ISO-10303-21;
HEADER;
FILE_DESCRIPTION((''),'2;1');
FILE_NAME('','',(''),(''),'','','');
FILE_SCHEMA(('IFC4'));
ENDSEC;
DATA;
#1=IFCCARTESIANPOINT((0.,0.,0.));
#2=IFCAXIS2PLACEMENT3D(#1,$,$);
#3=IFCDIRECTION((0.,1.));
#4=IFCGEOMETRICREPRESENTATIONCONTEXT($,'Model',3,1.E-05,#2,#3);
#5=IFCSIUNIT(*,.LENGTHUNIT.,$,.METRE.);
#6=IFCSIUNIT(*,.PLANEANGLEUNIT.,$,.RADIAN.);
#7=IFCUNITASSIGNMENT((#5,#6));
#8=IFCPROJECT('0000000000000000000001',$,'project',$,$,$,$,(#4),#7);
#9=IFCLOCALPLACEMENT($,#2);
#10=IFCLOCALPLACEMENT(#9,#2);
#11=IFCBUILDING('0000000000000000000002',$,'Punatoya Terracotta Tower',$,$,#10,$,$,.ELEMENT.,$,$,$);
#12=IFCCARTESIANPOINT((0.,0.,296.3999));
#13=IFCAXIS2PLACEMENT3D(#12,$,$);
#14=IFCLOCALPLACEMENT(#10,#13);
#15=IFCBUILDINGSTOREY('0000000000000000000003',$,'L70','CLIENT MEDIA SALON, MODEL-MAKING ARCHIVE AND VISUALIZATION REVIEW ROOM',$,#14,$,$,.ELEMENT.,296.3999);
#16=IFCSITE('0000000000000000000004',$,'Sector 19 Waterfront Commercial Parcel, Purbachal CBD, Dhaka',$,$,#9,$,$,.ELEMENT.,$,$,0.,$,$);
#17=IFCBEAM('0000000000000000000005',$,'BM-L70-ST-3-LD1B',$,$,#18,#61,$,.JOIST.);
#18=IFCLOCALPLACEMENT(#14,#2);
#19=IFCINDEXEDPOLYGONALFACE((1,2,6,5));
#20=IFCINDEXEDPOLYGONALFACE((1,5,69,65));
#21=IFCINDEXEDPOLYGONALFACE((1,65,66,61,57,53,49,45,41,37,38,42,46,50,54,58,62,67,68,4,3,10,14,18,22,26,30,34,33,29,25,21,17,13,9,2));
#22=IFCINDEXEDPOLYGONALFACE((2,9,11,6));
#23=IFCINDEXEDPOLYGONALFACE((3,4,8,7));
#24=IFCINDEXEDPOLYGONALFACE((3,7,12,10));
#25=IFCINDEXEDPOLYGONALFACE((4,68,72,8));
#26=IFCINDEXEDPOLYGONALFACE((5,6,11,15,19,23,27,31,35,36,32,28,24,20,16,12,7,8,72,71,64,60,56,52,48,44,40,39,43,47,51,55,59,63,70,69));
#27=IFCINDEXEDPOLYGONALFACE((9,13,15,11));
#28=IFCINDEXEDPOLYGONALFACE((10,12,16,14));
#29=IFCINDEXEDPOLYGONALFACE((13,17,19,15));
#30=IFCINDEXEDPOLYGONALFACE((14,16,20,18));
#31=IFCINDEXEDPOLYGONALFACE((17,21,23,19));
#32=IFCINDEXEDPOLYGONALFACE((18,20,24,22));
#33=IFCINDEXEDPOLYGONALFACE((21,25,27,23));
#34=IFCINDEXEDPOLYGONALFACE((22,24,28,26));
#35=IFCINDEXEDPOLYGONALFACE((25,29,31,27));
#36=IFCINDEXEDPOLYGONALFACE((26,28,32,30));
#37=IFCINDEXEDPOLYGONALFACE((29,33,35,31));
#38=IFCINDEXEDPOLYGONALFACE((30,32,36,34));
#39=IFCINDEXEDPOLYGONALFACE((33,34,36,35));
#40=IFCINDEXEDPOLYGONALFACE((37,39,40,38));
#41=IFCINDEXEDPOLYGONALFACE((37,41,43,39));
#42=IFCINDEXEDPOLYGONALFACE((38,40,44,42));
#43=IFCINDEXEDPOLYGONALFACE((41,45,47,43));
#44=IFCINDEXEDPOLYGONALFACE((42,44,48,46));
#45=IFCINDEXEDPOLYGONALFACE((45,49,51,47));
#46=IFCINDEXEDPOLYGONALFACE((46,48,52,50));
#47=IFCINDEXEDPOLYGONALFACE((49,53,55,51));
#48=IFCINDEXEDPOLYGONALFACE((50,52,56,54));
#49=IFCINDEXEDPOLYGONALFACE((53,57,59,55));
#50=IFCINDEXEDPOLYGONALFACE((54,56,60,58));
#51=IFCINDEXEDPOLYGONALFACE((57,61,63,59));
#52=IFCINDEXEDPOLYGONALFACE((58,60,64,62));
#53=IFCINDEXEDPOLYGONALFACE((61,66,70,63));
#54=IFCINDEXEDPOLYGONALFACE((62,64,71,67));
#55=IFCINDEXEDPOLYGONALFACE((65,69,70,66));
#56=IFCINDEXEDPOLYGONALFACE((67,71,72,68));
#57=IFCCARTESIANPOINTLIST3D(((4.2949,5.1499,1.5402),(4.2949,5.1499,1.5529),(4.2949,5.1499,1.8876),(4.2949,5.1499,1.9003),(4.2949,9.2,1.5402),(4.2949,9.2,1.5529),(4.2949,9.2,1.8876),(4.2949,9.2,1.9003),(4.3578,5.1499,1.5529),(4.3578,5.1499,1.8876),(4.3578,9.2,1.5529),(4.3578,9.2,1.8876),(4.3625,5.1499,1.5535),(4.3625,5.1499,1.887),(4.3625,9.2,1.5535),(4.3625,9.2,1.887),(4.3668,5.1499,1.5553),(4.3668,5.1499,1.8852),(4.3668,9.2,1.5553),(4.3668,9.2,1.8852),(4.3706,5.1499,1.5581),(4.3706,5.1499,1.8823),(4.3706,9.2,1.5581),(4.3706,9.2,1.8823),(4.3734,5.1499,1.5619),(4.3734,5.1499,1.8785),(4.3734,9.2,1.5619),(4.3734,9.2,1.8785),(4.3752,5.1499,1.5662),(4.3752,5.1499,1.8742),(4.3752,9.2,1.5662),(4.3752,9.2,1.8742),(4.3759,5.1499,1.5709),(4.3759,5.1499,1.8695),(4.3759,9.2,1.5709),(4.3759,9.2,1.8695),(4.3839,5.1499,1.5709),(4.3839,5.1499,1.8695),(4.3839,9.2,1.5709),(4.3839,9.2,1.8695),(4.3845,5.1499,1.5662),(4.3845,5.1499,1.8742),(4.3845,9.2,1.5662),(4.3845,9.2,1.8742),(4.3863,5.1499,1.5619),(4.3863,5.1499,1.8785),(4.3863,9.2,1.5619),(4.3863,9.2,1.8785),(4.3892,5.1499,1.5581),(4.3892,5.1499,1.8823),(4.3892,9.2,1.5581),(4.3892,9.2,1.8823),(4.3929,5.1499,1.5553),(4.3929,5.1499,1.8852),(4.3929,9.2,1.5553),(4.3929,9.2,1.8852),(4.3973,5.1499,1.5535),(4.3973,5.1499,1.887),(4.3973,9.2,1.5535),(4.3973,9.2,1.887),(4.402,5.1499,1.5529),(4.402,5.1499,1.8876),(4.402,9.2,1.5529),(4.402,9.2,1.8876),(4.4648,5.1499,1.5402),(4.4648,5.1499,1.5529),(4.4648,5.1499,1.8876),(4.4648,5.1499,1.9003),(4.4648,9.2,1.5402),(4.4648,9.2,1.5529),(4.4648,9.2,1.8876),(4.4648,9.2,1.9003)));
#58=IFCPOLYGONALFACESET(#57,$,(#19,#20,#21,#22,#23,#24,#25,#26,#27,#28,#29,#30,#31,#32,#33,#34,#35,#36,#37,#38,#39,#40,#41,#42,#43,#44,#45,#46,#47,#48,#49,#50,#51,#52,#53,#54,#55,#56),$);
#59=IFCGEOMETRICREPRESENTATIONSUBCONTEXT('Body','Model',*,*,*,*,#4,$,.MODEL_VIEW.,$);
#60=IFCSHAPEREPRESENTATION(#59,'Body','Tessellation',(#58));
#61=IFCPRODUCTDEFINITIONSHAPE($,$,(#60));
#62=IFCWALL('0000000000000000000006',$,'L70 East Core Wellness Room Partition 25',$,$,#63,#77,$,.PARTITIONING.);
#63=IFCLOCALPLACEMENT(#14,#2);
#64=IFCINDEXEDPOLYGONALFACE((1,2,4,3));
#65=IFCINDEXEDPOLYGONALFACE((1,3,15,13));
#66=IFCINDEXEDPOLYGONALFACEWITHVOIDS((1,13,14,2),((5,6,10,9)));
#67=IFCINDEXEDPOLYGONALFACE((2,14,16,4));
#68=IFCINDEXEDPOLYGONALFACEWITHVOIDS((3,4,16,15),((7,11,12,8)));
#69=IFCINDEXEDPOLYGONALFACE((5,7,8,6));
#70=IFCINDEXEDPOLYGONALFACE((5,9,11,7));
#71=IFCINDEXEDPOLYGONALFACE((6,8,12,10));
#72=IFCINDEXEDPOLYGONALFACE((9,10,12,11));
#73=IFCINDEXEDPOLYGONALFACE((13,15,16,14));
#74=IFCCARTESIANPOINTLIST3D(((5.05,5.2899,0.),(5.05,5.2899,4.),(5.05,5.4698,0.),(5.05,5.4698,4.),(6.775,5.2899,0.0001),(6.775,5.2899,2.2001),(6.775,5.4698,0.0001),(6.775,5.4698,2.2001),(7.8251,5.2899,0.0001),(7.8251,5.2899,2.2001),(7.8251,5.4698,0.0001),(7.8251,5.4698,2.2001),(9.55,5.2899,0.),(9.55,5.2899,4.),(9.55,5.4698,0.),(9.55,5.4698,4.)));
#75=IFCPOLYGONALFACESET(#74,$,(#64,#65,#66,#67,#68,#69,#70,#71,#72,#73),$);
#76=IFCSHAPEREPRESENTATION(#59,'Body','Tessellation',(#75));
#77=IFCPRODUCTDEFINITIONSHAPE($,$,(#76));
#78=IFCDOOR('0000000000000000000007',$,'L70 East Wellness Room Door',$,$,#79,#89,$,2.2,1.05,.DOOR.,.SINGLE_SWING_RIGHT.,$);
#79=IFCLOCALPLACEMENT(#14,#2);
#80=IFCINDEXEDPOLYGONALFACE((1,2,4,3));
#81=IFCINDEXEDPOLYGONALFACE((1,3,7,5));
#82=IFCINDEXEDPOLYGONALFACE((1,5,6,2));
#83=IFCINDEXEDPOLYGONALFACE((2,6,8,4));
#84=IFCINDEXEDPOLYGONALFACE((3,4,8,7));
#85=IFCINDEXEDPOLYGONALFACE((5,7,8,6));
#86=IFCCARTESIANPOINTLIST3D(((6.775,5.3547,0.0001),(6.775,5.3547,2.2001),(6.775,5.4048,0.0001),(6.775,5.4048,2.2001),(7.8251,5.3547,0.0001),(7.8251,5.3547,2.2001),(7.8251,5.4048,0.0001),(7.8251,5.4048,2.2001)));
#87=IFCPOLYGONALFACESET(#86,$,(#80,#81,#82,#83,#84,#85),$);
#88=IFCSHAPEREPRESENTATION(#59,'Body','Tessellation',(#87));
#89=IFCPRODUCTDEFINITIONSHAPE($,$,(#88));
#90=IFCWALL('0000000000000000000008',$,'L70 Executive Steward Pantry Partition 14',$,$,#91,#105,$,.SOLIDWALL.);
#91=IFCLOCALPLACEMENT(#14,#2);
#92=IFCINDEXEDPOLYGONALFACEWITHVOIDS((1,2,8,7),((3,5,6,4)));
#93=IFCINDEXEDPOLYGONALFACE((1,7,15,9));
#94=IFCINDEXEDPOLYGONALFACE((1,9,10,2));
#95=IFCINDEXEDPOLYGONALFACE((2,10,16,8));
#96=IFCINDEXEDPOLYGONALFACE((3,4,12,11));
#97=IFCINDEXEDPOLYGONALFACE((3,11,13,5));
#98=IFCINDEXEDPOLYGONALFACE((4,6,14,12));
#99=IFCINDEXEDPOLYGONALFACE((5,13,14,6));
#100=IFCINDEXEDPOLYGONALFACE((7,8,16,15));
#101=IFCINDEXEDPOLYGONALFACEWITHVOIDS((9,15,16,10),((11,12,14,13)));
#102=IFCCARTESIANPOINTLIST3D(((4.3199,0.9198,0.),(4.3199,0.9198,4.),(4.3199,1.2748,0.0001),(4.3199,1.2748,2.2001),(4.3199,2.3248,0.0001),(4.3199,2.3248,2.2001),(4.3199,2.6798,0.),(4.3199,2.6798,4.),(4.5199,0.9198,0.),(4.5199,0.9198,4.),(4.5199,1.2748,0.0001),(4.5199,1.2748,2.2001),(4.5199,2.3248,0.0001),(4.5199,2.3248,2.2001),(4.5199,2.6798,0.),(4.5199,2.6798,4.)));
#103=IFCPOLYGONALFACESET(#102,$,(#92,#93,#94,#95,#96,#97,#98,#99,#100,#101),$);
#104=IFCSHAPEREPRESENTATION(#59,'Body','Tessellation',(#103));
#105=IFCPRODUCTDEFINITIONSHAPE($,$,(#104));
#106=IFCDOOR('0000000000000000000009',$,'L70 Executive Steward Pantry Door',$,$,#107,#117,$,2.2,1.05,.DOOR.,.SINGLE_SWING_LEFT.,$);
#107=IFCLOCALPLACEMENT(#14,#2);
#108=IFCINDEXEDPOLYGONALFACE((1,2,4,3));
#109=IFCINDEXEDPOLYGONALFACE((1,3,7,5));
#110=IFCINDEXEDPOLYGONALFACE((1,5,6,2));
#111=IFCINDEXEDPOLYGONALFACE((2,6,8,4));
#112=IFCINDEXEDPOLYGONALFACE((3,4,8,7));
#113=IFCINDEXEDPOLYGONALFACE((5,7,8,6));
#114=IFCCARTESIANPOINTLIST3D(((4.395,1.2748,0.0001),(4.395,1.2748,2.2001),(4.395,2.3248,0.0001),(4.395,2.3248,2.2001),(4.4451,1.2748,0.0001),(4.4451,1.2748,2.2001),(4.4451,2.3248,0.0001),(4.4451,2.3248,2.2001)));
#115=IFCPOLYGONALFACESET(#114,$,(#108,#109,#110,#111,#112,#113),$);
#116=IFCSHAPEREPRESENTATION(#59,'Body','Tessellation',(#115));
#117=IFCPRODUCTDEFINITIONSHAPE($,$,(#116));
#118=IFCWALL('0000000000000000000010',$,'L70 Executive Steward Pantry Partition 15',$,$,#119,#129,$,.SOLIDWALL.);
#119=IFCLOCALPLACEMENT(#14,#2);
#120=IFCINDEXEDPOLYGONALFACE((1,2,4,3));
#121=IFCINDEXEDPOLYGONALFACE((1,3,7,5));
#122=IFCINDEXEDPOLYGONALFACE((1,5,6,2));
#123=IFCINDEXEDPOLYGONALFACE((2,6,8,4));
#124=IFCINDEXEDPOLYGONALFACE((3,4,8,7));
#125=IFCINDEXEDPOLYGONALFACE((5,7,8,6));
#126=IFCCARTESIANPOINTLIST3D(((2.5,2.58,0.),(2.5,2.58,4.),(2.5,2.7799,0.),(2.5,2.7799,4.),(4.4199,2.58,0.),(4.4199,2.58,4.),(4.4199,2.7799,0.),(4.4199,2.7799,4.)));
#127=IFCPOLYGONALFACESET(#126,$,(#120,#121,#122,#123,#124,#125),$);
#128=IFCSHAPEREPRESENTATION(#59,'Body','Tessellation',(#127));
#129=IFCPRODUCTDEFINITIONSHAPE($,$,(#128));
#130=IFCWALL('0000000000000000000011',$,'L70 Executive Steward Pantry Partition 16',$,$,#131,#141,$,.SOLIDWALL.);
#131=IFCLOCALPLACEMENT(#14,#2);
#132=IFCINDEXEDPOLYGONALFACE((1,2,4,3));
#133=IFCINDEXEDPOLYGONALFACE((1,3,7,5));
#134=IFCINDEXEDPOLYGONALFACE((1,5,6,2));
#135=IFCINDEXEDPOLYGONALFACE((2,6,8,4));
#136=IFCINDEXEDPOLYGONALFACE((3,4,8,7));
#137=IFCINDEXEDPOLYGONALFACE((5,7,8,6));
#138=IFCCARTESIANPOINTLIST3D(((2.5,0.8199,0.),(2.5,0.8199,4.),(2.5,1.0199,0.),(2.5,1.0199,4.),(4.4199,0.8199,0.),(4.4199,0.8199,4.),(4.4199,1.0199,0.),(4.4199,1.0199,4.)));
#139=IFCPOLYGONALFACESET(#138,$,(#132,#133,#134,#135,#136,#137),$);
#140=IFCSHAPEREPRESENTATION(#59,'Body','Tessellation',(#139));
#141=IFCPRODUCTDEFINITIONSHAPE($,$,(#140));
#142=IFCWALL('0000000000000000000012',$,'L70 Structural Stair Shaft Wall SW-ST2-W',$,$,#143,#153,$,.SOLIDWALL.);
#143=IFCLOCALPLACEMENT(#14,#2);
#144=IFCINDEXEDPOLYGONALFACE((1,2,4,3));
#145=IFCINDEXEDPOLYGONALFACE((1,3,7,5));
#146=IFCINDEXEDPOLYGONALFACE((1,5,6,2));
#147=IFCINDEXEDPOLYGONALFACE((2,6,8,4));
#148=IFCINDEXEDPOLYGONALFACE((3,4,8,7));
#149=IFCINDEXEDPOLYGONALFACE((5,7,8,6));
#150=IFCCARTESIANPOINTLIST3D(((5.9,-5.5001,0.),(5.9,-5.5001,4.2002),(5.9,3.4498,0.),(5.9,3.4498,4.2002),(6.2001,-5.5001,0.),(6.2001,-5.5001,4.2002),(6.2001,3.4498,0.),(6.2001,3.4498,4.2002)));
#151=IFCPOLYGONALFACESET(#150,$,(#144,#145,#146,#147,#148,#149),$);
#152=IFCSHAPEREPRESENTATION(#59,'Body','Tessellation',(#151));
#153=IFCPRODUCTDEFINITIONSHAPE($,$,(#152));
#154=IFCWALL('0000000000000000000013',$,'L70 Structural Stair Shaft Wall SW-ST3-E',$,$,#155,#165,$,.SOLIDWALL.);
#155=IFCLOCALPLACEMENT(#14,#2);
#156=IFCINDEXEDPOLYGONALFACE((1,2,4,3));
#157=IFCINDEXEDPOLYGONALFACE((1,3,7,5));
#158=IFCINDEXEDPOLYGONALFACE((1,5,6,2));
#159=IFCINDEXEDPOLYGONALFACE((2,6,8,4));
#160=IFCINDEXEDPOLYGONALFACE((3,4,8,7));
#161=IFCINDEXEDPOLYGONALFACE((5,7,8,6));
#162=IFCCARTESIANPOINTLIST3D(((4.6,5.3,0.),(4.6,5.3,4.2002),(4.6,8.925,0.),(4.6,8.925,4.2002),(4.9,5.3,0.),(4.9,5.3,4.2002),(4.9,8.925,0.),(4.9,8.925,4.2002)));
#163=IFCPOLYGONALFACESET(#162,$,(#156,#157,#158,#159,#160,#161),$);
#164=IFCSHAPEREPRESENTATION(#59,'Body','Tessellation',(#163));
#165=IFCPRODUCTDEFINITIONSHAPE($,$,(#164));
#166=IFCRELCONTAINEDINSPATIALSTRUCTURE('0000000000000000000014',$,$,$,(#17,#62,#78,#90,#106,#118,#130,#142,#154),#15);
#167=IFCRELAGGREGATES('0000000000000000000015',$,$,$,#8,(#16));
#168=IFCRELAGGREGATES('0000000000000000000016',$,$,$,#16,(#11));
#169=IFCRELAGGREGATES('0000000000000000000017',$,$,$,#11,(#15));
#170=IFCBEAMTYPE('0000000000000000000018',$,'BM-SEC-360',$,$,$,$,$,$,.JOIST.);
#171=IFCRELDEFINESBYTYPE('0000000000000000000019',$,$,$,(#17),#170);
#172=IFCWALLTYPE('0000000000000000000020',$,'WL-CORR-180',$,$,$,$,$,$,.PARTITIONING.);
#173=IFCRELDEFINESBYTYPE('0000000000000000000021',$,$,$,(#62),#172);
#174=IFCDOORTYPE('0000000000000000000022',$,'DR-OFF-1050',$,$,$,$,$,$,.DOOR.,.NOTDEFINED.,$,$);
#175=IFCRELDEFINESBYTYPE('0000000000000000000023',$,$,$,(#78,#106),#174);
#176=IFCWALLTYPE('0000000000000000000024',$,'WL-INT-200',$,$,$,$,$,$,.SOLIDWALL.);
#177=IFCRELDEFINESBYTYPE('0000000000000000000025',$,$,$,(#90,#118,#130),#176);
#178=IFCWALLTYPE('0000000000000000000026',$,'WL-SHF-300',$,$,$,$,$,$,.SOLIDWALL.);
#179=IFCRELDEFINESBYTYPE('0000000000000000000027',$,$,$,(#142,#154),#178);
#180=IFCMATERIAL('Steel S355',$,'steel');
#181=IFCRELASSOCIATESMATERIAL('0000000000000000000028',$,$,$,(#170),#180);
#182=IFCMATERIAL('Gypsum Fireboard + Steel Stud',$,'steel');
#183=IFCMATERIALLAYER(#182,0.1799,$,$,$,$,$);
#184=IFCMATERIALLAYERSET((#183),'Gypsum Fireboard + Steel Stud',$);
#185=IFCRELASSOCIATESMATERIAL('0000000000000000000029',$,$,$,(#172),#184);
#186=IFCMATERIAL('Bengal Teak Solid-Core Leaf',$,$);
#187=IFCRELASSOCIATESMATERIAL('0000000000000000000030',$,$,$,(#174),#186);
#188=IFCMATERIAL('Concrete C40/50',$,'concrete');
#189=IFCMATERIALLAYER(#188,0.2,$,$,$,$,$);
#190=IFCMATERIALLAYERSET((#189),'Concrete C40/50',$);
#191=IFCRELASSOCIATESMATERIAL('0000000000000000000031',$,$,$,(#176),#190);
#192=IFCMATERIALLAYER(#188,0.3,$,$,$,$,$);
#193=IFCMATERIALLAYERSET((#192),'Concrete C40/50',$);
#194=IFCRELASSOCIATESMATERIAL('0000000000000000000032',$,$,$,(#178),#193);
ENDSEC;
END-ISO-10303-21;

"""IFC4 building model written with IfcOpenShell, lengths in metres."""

from ifc_helpers import new_model, si_unit, direction, frame, frame_2d, origin, origin_2d, place, context, subcontext, project, spatial, rectangle, i_section, extrude, material, layer, layer_set, material_profile, profile_set, type_object, element, fill, save


model = new_model("IFC4")

# Units and contexts
model_context = context("Model", 3, precision=1e-05, world=origin(), true_north=direction((0.0, 1.0)))
body_context = subcontext(model_context, "Body", "Model", "MODEL_VIEW")
ifc_project = project(units=[si_unit("LENGTHUNIT", "METRE"), si_unit("PLANEANGLEUNIT", "RADIAN")], contexts=[model_context])

# Site, building, storey
site_placement = place(None, origin())
site = spatial("IfcSite", under=ifc_project, at=site_placement, Name="Sector 19 Waterfront Commercial Parcel, Purbachal CBD, Dhaka", CompositionType="ELEMENT", RefElevation=0.0)
building_placement = place(site_placement, origin())
building = spatial("IfcBuilding", under=site, at=building_placement, Name="Punatoya Terracotta Tower", CompositionType="ELEMENT")
storey_placement = place(building_placement, frame((0.0, 0.0, 296.3999)))
storey = spatial("IfcBuildingStorey", under=building, at=storey_placement, Name="L70", Description="CLIENT MEDIA SALON, MODEL-MAKING ARCHIVE AND VISUALIZATION REVIEW ROOM", CompositionType="ELEMENT", Elevation=296.3999)

# Beam
ifc_material_1 = material(Name="Steel S355", Category="steel")
ifc_material_profile_1 = material_profile(ifc_material_1, i_section(OverallWidth=0.1699, OverallDepth=0.3601, WebThickness=0.0081, FlangeThickness=0.0127, FilletRadius=0.0181, at=origin_2d()))
ifc_profile_set_1 = profile_set([ifc_material_profile_1], Name="Steel S355")
beam_type_1 = type_object("IfcBeamType", Name="BM-SEC-360", PredefinedType="JOIST", material=ifc_profile_set_1)
for number, where, z_axis, x_axis, name in (
    (1, (4.3799, 5.1499, 1.7202), (0.0, 1.0, 0.0), (-1.0, 0.0, 0.0), "BM-L70-ST-3-LD1B"),
):
    element("IfcBeam", number, at=place(storey_placement, frame(where, z_axis=z_axis, x_axis=x_axis)), inside=storey, type_object=beam_type_1, Name=name, PredefinedType="JOIST", context=body_context, shape_type="SweptSolid", body=[
        extrude(i_section(OverallWidth=0.1699, OverallDepth=0.3601, WebThickness=0.0081, FlangeThickness=0.0127, FilletRadius=0.0181, at=origin_2d()), origin(), (0.0, 0.0, 1.0), 4.05),
    ])

# Walls, openings, doors
ifc_material_2 = material(Name="Gypsum Fireboard + Steel Stud", Category="steel")
ifc_layer_1 = layer(ifc_material_2, 0.1799)
ifc_layer_set_1 = layer_set([ifc_layer_1], Name="Gypsum Fireboard + Steel Stud")
wall_type_1 = type_object("IfcWallType", Name="WL-CORR-180", PredefinedType="PARTITIONING", material=ifc_layer_set_1)
wall_1_placement = place(storey_placement, frame((5.05, 5.3799, 0.0), z_axis=(0.0, 0.0, 1.0), x_axis=(1.0, 0.0, 0.0)))
wall_1 = element("IfcWall", 2, at=wall_1_placement, inside=storey, type_object=wall_type_1, Name="L70 East Core Wellness Room Partition 25", PredefinedType="PARTITIONING", context=body_context, shape_type="SweptSolid", body=[
    extrude(rectangle(XDim=4.5, YDim=0.1799, at=frame_2d((2.25, 0.0))), origin(), (0.0, 0.0, 1.0), 4.0),
])
opening_1_placement = place(wall_1_placement, frame((1.7251, 0.0, 0.0)))
opening_1 = element("IfcOpeningElement", 3, at=opening_1_placement, cuts=wall_1, PredefinedType="OPENING", context=body_context, shape_type="SweptSolid", body=[
    extrude(rectangle(XDim=1.05, YDim=2.2, at=frame_2d((0.5249, 1.1001))), frame((0.0, 0.0999, 0.0), z_axis=(0.0, -1.0, 0.0), x_axis=(1.0, 0.0, 0.0)), (0.0, 0.0, 1.0), 0.2),
])
ifc_material_3 = material(Name="Bengal Teak Solid-Core Leaf")
door_type_1 = type_object("IfcDoorType", Name="DR-OFF-1050", OperationType="NOTDEFINED", PredefinedType="DOOR", material=ifc_material_3)
door_1_placement = place(opening_1_placement, origin())
door_1 = element("IfcDoor", 4, at=door_1_placement, inside=storey, type_object=door_type_1, Name="L70 East Wellness Room Door", OperationType="SINGLE_SWING_RIGHT", OverallHeight=2.2, OverallWidth=1.05, PredefinedType="DOOR", context=body_context, shape_type="SweptSolid", body=[
    extrude(rectangle(XDim=1.05, YDim=2.2, at=frame_2d((0.5249, 1.1001))), frame((0.0, 0.0249, 0.0), z_axis=(0.0, -1.0, 0.0), x_axis=(1.0, 0.0, 0.0)), (0.0, 0.0, 1.0), 0.05),
])
fill(opening_1, door_1)
ifc_material_4 = material(Name="Concrete C40/50", Category="concrete")
ifc_layer_2 = layer(ifc_material_4, 0.2)
ifc_layer_set_2 = layer_set([ifc_layer_2], Name="Concrete C40/50")
wall_type_2 = type_object("IfcWallType", Name="WL-INT-200", PredefinedType="SOLIDWALL", material=ifc_layer_set_2)
wall_2_placement = place(storey_placement, frame((4.4199, 0.9199, 0.0), z_axis=(0.0, 0.0, 1.0), x_axis=(0.0, 1.0, 0.0)))
wall_2 = element("IfcWall", 5, at=wall_2_placement, inside=storey, type_object=wall_type_2, Name="L70 Executive Steward Pantry Partition 14", PredefinedType="SOLIDWALL", context=body_context, shape_type="SweptSolid", body=[
    extrude(rectangle(XDim=1.76, YDim=0.2, at=frame_2d((0.8799, 0.0))), origin(), (0.0, 0.0, 1.0), 4.0),
])
opening_2_placement = place(wall_2_placement, frame((0.355, 0.0, 0.0)))
opening_2 = element("IfcOpeningElement", 6, at=opening_2_placement, cuts=wall_2, PredefinedType="OPENING", context=body_context, shape_type="SweptSolid", body=[
    extrude(rectangle(XDim=1.05, YDim=2.2, at=frame_2d((0.5249, 1.1001))), frame((0.0, 0.1099, 0.0), z_axis=(0.0, -1.0, 0.0), x_axis=(1.0, 0.0, 0.0)), (0.0, 0.0, 1.0), 0.22),
])
door_2_placement = place(opening_2_placement, origin())
door_2 = element("IfcDoor", 7, at=door_2_placement, inside=storey, type_object=door_type_1, Name="L70 Executive Steward Pantry Door", OperationType="SINGLE_SWING_LEFT", OverallHeight=2.2, OverallWidth=1.05, PredefinedType="DOOR", context=body_context, shape_type="SweptSolid", body=[
    extrude(rectangle(XDim=1.05, YDim=2.2, at=frame_2d((0.5249, 1.1001))), frame((0.0, 0.0249, 0.0), z_axis=(0.0, -1.0, 0.0), x_axis=(1.0, 0.0, 0.0)), (0.0, 0.0, 1.0), 0.05),
])
fill(opening_2, door_2)

# Walls
for number, where, z_axis, x_axis, name in (
    (8, (4.4199, 2.6799, 0.0), (0.0, 0.0, 1.0), (-1.0, 0.0, 0.0), "L70 Executive Steward Pantry Partition 15"),
    (9, (2.5, 0.9199, 0.0), (0.0, 0.0, 1.0), (1.0, 0.0, 0.0), "L70 Executive Steward Pantry Partition 16"),
):
    element("IfcWall", number, at=place(storey_placement, frame(where, z_axis=z_axis, x_axis=x_axis)), inside=storey, type_object=wall_type_2, Name=name, PredefinedType="SOLIDWALL", context=body_context, shape_type="SweptSolid", body=[
        extrude(rectangle(XDim=1.9199, YDim=0.2, at=frame_2d((0.96, 0.0))), origin(), (0.0, 0.0, 1.0), 4.0),
    ])
ifc_layer_3 = layer(ifc_material_4, 0.3)
ifc_layer_set_3 = layer_set([ifc_layer_3], Name="Concrete C40/50")
wall_type_3 = type_object("IfcWallType", Name="WL-SHF-300", PredefinedType="SOLIDWALL", material=ifc_layer_set_3)
wall_3_placement = place(storey_placement, frame((6.05, 3.45, 0.0), z_axis=(0.0, 0.0, 1.0), x_axis=(0.0, -1.0, 0.0)))
element("IfcWall", 10, at=wall_3_placement, inside=storey, type_object=wall_type_3, Name="L70 Structural Stair Shaft Wall SW-ST2-W", PredefinedType="SOLIDWALL", context=body_context, shape_type="SweptSolid", body=[
    extrude(rectangle(XDim=8.95, YDim=0.3, at=frame_2d((4.4751, 0.0))), origin(), (0.0, 0.0, 1.0), 4.2002),
])
wall_4_placement = place(storey_placement, frame((4.75, 8.925, 0.0), z_axis=(0.0, 0.0, 1.0), x_axis=(0.0, -1.0, 0.0)))
element("IfcWall", 11, at=wall_4_placement, inside=storey, type_object=wall_type_3, Name="L70 Structural Stair Shaft Wall SW-ST3-E", PredefinedType="SOLIDWALL", context=body_context, shape_type="SweptSolid", body=[
    extrude(rectangle(XDim=3.625, YDim=0.3, at=frame_2d((1.8125, 0.0))), origin(), (0.0, 0.0, 1.0), 4.2002),
])

save(model, "model.ifc")
